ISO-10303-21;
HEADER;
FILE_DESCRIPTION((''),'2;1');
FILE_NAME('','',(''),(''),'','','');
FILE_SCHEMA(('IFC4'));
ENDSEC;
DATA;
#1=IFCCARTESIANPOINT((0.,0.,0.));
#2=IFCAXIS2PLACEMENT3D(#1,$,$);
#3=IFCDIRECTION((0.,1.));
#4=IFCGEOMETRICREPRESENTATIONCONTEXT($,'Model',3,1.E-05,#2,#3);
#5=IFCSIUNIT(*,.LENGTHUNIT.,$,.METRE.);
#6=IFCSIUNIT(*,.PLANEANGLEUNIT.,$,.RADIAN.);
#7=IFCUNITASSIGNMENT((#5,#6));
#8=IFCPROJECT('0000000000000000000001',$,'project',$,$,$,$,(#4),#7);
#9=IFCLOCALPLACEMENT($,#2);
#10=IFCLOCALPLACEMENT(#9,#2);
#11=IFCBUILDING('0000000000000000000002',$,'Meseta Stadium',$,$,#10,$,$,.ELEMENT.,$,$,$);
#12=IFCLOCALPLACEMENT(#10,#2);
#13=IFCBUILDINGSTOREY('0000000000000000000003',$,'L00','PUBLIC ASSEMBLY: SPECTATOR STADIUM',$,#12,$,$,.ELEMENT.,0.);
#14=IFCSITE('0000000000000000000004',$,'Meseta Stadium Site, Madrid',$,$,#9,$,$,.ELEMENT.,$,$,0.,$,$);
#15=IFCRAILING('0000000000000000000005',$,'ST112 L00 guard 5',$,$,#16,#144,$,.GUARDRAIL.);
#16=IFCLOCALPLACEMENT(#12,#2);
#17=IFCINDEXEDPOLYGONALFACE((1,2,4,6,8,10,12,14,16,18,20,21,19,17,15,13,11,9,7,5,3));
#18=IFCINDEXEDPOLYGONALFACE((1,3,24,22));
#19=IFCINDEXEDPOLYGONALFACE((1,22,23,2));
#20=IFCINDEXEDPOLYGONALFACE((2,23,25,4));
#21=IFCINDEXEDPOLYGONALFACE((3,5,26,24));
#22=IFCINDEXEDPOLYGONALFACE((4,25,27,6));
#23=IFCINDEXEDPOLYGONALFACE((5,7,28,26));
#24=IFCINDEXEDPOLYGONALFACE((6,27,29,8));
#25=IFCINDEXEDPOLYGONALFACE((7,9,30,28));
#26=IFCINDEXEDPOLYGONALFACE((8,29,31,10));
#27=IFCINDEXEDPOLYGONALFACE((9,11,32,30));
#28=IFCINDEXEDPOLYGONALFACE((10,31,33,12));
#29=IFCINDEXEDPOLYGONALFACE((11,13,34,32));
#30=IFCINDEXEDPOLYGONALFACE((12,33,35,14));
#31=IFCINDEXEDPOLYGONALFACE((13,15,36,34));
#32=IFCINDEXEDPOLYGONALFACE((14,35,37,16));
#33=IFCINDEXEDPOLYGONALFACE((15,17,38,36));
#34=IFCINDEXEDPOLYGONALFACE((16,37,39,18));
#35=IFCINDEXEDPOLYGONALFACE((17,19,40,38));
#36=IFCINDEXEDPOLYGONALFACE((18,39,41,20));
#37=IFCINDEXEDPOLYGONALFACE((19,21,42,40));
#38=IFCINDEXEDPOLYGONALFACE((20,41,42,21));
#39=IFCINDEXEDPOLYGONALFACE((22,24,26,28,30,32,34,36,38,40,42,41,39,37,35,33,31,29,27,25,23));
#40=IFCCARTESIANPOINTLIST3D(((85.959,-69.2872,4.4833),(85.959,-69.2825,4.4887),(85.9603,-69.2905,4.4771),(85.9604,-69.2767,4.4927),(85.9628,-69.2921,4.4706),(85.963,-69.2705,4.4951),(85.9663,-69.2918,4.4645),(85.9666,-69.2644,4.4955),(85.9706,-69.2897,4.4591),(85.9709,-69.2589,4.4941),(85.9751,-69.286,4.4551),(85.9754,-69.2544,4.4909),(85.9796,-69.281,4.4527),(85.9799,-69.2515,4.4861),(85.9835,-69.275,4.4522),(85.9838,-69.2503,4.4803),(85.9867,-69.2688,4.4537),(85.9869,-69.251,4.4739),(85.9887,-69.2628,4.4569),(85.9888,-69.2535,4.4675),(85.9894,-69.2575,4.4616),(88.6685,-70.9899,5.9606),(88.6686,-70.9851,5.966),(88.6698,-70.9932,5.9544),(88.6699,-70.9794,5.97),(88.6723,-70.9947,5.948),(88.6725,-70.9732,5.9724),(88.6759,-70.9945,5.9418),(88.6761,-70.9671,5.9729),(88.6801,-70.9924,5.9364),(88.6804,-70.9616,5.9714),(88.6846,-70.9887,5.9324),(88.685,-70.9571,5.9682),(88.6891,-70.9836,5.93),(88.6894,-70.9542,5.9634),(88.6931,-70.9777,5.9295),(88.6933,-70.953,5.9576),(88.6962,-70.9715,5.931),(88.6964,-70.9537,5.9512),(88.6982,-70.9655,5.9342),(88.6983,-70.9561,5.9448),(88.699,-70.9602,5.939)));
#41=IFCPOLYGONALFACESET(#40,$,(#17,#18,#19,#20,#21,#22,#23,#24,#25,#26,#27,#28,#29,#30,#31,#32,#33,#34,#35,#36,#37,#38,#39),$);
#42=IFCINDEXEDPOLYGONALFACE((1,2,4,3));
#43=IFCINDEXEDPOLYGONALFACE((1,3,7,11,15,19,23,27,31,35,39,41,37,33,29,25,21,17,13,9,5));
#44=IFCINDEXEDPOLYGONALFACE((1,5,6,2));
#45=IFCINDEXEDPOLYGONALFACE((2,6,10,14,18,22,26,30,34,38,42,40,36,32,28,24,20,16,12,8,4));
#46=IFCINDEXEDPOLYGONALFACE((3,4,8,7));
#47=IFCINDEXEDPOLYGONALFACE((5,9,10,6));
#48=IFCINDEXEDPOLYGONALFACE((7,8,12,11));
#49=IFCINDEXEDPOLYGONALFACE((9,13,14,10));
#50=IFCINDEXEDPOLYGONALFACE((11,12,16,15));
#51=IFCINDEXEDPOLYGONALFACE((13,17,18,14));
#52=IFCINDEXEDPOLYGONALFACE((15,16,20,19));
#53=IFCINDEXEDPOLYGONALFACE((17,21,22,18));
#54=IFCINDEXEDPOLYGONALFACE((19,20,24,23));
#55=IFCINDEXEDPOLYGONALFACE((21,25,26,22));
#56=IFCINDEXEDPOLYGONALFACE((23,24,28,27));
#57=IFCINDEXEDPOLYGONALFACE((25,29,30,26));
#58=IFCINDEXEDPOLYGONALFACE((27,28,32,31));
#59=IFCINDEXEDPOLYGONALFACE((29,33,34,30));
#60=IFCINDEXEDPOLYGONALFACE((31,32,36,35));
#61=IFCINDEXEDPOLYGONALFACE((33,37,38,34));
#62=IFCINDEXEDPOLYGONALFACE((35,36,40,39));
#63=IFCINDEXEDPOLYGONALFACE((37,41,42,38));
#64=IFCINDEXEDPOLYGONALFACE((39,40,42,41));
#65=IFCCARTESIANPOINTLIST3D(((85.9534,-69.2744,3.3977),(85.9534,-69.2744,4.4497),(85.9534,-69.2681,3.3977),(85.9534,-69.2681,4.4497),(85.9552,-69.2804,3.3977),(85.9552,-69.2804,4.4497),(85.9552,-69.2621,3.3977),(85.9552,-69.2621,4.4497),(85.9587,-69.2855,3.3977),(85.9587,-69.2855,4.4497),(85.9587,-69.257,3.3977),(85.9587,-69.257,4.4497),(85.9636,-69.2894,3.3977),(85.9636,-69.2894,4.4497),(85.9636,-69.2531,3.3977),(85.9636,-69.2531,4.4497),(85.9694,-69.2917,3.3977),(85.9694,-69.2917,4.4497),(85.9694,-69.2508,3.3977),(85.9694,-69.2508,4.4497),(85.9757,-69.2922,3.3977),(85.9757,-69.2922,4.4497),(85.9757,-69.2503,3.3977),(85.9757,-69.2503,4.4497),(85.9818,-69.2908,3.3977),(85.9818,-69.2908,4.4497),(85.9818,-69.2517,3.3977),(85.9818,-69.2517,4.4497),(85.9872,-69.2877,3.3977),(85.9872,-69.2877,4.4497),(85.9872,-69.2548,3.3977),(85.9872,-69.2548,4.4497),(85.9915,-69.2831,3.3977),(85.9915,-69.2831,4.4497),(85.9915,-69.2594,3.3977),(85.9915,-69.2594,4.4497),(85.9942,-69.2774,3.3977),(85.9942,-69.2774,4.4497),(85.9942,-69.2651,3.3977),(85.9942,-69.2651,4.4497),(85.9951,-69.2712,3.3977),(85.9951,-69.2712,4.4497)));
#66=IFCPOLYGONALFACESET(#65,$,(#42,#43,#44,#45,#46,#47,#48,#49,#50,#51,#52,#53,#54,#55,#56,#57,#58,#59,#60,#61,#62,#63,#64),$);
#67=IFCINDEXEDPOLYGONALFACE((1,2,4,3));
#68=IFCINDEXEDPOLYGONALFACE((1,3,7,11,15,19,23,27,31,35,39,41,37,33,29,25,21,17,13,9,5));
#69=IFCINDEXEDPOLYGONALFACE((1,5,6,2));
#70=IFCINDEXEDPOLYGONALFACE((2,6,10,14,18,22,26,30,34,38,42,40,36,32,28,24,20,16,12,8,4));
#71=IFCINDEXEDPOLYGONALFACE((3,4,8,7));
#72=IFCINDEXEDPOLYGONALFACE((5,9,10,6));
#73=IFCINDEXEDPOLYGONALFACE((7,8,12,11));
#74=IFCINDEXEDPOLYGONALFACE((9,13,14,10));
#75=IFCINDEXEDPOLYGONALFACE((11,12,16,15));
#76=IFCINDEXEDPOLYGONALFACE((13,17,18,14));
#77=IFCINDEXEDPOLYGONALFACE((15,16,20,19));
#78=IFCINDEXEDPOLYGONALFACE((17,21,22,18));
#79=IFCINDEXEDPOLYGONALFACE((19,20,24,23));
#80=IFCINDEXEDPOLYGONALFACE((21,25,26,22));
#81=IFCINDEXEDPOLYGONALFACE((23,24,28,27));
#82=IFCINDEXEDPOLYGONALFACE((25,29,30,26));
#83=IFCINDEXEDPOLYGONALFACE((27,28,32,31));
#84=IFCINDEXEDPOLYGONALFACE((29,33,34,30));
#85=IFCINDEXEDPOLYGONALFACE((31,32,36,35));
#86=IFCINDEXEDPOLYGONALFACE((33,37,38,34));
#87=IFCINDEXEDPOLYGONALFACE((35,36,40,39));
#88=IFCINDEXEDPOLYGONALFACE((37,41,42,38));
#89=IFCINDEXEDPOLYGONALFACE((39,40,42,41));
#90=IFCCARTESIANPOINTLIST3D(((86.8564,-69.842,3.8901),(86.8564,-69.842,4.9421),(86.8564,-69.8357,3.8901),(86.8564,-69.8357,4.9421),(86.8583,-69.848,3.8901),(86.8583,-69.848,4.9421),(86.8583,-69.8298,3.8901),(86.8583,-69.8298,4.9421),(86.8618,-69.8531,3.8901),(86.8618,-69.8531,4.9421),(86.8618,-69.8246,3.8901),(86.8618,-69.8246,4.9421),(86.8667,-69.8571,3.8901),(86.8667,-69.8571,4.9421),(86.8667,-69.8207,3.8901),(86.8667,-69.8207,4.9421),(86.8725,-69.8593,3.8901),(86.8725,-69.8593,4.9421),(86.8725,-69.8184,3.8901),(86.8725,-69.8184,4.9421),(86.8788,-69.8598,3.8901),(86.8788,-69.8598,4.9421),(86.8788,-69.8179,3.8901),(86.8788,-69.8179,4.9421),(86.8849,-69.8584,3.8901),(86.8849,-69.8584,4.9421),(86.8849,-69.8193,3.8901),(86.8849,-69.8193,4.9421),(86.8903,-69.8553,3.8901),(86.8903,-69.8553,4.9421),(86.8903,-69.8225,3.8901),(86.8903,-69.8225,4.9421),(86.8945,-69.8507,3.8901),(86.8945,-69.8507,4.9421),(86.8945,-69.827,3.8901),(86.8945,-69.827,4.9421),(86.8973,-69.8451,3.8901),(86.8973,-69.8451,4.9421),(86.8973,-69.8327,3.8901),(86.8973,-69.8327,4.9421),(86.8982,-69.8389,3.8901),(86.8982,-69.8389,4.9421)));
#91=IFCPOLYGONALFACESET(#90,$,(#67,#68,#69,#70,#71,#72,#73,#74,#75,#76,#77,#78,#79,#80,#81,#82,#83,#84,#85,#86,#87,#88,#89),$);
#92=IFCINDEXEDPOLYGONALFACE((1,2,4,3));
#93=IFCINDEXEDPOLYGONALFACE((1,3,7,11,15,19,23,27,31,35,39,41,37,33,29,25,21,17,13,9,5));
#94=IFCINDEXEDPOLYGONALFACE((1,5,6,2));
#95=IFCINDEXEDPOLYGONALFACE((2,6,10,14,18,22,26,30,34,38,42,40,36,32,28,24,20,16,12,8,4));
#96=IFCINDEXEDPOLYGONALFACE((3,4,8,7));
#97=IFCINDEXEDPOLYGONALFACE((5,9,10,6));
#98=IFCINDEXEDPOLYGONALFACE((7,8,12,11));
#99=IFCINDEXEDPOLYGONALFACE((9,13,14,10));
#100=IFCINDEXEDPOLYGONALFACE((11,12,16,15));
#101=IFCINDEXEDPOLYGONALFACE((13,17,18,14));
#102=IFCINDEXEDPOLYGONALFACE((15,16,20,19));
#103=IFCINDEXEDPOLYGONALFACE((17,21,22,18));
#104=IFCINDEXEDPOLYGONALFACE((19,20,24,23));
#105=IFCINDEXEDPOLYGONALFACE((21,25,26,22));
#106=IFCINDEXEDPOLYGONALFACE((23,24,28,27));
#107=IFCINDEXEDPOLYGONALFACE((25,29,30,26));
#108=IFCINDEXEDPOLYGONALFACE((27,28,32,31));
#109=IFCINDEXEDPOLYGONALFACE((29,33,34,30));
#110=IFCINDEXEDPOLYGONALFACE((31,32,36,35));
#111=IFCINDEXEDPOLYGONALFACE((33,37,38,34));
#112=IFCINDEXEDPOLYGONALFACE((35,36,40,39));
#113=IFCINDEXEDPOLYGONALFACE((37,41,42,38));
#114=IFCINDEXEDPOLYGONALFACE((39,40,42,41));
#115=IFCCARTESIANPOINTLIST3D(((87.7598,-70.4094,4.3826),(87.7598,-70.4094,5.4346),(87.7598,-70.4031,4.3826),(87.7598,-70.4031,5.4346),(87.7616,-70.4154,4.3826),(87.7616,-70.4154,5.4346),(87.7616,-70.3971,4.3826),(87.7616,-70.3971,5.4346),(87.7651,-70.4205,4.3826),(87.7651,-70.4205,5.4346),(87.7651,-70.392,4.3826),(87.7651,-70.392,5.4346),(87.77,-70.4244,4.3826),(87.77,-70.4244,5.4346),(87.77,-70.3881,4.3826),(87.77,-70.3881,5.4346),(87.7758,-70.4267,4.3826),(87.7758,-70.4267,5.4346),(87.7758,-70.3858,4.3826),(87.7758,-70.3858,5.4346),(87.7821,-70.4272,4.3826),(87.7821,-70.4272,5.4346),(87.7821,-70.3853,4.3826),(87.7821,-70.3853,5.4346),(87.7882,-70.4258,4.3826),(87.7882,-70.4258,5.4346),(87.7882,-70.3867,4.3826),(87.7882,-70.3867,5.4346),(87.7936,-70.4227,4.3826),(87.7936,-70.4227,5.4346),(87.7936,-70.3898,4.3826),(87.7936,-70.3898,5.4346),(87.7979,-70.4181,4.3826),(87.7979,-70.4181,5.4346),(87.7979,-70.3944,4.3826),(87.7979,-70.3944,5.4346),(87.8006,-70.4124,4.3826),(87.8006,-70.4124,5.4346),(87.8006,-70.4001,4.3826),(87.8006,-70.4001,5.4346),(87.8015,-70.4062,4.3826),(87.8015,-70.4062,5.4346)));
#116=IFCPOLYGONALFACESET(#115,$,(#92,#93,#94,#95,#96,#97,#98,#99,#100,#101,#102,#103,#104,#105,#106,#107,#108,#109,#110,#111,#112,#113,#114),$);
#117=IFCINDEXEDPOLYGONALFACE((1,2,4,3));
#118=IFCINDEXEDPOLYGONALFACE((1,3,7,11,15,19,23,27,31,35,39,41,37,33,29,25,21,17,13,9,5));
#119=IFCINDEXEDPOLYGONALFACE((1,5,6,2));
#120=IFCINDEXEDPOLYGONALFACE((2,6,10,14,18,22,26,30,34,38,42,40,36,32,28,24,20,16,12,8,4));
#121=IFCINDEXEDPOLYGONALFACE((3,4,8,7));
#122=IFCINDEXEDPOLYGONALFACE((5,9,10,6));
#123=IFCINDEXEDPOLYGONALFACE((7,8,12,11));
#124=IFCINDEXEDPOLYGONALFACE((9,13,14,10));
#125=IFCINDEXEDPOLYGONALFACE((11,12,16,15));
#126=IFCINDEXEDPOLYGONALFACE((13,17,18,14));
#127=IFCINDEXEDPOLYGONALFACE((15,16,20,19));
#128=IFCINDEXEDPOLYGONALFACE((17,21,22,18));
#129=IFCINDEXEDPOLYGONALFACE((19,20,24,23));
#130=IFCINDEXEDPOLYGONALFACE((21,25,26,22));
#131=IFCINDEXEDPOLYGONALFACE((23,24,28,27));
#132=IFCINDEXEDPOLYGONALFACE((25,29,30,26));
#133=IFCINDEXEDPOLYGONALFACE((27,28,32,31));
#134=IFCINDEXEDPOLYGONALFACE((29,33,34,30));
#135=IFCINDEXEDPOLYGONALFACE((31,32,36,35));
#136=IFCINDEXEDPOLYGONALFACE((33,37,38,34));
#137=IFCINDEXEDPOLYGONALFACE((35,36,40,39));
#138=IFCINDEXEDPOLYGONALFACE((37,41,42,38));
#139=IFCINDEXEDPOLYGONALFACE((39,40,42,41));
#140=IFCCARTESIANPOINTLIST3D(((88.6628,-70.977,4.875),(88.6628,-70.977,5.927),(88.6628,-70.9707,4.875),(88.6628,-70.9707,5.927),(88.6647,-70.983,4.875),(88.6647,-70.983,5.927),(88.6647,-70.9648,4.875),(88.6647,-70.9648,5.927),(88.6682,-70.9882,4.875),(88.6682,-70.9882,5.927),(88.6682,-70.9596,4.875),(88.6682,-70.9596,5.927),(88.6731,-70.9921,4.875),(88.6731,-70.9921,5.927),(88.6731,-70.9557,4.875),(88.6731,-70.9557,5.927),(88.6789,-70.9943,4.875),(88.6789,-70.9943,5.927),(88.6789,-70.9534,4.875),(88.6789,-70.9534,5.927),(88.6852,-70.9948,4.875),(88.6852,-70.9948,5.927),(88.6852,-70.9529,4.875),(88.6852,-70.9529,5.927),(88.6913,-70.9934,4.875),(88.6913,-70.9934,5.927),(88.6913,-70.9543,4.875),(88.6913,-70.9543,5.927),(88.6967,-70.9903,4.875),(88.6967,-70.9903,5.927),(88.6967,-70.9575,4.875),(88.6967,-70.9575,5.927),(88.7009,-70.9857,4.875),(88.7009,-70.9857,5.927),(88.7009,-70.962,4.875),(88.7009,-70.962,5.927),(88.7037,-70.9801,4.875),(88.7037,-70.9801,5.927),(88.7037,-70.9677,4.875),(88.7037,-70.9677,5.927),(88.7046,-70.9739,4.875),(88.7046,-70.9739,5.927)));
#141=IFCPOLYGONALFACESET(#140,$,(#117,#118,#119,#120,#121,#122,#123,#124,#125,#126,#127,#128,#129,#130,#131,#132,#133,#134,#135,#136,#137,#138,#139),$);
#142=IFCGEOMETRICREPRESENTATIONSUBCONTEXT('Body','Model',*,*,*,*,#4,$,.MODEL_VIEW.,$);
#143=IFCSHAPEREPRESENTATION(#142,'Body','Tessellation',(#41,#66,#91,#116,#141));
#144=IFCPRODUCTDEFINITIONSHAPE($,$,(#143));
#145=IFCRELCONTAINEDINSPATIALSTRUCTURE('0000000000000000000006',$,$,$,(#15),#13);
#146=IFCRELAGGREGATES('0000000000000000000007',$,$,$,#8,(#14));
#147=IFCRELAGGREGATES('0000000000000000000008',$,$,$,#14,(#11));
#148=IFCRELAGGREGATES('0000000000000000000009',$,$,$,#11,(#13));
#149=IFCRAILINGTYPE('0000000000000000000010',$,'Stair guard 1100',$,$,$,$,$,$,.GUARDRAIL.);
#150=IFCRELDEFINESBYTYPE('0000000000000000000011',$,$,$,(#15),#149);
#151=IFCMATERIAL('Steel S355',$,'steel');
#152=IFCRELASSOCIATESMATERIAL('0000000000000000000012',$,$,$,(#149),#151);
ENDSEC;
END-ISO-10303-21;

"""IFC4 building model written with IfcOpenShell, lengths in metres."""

from ifc_helpers import new_model, si_unit, direction, frame, origin, origin_2d, place, context, subcontext, project, spatial, circle, extrude, material, type_object, element, save


model = new_model("IFC4")

# Units and contexts
model_context = context("Model", 3, precision=1e-05, world=origin(), true_north=direction((0.0, 1.0)))
body_context = subcontext(model_context, "Body", "Model", "MODEL_VIEW")
ifc_project = project(units=[si_unit("LENGTHUNIT", "METRE"), si_unit("PLANEANGLEUNIT", "RADIAN")], contexts=[model_context])

# Site, building, storey
site_placement = place(None, origin())
site = spatial("IfcSite", under=ifc_project, at=site_placement, Name="Meseta Stadium Site, Madrid", CompositionType="ELEMENT", RefElevation=0.0)
building_placement = place(site_placement, origin())
building = spatial("IfcBuilding", under=site, at=building_placement, Name="Meseta Stadium", CompositionType="ELEMENT")
storey_placement = place(building_placement, origin())
storey = spatial("IfcBuildingStorey", under=building, at=storey_placement, Name="L00", Description="PUBLIC ASSEMBLY: SPECTATOR STADIUM", CompositionType="ELEMENT", Elevation=0.0)

# Railing
ifc_material_1 = material(Name="Steel S355", Category="steel")
railing_type_1 = type_object("IfcRailingType", Name="Stair guard 1100", PredefinedType="GUARDRAIL", material=ifc_material_1)
railing_1_placement = place(storey_placement, frame((85.9741, -69.2712, 3.3977)))
element("IfcRailing", 1, at=railing_1_placement, inside=storey, type_object=railing_type_1, Name="ST112 L00 guard 5", PredefinedType="GUARDRAIL", context=body_context, shape_type="SweptSolid", body=[
    extrude(circle(Radius=0.0239, at=origin_2d()), frame((0.0, 0.0, 1.0762), z_axis=(0.768738, -0.483076, 0.419142), x_axis=(0.532068, 0.846701, 0.0)), (0.0, 0.0, 1.0), 3.5247),
    extrude(circle(Radius=0.021, at=origin_2d()), origin(), (0.0, 0.0, 1.0), 1.052),
    extrude(circle(Radius=0.021, at=origin_2d()), frame((0.9031, -0.5676, 0.4924)), (0.0, 0.0, 1.0), 1.052),
    extrude(circle(Radius=0.021, at=origin_2d()), frame((1.8064, -1.135, 0.9849)), (0.0, 0.0, 1.0), 1.052),
    extrude(circle(Radius=0.021, at=origin_2d()), frame((2.7095, -1.7026, 1.4773)), (0.0, 0.0, 1.0), 1.052),
])

save(model, "model.ifc")
